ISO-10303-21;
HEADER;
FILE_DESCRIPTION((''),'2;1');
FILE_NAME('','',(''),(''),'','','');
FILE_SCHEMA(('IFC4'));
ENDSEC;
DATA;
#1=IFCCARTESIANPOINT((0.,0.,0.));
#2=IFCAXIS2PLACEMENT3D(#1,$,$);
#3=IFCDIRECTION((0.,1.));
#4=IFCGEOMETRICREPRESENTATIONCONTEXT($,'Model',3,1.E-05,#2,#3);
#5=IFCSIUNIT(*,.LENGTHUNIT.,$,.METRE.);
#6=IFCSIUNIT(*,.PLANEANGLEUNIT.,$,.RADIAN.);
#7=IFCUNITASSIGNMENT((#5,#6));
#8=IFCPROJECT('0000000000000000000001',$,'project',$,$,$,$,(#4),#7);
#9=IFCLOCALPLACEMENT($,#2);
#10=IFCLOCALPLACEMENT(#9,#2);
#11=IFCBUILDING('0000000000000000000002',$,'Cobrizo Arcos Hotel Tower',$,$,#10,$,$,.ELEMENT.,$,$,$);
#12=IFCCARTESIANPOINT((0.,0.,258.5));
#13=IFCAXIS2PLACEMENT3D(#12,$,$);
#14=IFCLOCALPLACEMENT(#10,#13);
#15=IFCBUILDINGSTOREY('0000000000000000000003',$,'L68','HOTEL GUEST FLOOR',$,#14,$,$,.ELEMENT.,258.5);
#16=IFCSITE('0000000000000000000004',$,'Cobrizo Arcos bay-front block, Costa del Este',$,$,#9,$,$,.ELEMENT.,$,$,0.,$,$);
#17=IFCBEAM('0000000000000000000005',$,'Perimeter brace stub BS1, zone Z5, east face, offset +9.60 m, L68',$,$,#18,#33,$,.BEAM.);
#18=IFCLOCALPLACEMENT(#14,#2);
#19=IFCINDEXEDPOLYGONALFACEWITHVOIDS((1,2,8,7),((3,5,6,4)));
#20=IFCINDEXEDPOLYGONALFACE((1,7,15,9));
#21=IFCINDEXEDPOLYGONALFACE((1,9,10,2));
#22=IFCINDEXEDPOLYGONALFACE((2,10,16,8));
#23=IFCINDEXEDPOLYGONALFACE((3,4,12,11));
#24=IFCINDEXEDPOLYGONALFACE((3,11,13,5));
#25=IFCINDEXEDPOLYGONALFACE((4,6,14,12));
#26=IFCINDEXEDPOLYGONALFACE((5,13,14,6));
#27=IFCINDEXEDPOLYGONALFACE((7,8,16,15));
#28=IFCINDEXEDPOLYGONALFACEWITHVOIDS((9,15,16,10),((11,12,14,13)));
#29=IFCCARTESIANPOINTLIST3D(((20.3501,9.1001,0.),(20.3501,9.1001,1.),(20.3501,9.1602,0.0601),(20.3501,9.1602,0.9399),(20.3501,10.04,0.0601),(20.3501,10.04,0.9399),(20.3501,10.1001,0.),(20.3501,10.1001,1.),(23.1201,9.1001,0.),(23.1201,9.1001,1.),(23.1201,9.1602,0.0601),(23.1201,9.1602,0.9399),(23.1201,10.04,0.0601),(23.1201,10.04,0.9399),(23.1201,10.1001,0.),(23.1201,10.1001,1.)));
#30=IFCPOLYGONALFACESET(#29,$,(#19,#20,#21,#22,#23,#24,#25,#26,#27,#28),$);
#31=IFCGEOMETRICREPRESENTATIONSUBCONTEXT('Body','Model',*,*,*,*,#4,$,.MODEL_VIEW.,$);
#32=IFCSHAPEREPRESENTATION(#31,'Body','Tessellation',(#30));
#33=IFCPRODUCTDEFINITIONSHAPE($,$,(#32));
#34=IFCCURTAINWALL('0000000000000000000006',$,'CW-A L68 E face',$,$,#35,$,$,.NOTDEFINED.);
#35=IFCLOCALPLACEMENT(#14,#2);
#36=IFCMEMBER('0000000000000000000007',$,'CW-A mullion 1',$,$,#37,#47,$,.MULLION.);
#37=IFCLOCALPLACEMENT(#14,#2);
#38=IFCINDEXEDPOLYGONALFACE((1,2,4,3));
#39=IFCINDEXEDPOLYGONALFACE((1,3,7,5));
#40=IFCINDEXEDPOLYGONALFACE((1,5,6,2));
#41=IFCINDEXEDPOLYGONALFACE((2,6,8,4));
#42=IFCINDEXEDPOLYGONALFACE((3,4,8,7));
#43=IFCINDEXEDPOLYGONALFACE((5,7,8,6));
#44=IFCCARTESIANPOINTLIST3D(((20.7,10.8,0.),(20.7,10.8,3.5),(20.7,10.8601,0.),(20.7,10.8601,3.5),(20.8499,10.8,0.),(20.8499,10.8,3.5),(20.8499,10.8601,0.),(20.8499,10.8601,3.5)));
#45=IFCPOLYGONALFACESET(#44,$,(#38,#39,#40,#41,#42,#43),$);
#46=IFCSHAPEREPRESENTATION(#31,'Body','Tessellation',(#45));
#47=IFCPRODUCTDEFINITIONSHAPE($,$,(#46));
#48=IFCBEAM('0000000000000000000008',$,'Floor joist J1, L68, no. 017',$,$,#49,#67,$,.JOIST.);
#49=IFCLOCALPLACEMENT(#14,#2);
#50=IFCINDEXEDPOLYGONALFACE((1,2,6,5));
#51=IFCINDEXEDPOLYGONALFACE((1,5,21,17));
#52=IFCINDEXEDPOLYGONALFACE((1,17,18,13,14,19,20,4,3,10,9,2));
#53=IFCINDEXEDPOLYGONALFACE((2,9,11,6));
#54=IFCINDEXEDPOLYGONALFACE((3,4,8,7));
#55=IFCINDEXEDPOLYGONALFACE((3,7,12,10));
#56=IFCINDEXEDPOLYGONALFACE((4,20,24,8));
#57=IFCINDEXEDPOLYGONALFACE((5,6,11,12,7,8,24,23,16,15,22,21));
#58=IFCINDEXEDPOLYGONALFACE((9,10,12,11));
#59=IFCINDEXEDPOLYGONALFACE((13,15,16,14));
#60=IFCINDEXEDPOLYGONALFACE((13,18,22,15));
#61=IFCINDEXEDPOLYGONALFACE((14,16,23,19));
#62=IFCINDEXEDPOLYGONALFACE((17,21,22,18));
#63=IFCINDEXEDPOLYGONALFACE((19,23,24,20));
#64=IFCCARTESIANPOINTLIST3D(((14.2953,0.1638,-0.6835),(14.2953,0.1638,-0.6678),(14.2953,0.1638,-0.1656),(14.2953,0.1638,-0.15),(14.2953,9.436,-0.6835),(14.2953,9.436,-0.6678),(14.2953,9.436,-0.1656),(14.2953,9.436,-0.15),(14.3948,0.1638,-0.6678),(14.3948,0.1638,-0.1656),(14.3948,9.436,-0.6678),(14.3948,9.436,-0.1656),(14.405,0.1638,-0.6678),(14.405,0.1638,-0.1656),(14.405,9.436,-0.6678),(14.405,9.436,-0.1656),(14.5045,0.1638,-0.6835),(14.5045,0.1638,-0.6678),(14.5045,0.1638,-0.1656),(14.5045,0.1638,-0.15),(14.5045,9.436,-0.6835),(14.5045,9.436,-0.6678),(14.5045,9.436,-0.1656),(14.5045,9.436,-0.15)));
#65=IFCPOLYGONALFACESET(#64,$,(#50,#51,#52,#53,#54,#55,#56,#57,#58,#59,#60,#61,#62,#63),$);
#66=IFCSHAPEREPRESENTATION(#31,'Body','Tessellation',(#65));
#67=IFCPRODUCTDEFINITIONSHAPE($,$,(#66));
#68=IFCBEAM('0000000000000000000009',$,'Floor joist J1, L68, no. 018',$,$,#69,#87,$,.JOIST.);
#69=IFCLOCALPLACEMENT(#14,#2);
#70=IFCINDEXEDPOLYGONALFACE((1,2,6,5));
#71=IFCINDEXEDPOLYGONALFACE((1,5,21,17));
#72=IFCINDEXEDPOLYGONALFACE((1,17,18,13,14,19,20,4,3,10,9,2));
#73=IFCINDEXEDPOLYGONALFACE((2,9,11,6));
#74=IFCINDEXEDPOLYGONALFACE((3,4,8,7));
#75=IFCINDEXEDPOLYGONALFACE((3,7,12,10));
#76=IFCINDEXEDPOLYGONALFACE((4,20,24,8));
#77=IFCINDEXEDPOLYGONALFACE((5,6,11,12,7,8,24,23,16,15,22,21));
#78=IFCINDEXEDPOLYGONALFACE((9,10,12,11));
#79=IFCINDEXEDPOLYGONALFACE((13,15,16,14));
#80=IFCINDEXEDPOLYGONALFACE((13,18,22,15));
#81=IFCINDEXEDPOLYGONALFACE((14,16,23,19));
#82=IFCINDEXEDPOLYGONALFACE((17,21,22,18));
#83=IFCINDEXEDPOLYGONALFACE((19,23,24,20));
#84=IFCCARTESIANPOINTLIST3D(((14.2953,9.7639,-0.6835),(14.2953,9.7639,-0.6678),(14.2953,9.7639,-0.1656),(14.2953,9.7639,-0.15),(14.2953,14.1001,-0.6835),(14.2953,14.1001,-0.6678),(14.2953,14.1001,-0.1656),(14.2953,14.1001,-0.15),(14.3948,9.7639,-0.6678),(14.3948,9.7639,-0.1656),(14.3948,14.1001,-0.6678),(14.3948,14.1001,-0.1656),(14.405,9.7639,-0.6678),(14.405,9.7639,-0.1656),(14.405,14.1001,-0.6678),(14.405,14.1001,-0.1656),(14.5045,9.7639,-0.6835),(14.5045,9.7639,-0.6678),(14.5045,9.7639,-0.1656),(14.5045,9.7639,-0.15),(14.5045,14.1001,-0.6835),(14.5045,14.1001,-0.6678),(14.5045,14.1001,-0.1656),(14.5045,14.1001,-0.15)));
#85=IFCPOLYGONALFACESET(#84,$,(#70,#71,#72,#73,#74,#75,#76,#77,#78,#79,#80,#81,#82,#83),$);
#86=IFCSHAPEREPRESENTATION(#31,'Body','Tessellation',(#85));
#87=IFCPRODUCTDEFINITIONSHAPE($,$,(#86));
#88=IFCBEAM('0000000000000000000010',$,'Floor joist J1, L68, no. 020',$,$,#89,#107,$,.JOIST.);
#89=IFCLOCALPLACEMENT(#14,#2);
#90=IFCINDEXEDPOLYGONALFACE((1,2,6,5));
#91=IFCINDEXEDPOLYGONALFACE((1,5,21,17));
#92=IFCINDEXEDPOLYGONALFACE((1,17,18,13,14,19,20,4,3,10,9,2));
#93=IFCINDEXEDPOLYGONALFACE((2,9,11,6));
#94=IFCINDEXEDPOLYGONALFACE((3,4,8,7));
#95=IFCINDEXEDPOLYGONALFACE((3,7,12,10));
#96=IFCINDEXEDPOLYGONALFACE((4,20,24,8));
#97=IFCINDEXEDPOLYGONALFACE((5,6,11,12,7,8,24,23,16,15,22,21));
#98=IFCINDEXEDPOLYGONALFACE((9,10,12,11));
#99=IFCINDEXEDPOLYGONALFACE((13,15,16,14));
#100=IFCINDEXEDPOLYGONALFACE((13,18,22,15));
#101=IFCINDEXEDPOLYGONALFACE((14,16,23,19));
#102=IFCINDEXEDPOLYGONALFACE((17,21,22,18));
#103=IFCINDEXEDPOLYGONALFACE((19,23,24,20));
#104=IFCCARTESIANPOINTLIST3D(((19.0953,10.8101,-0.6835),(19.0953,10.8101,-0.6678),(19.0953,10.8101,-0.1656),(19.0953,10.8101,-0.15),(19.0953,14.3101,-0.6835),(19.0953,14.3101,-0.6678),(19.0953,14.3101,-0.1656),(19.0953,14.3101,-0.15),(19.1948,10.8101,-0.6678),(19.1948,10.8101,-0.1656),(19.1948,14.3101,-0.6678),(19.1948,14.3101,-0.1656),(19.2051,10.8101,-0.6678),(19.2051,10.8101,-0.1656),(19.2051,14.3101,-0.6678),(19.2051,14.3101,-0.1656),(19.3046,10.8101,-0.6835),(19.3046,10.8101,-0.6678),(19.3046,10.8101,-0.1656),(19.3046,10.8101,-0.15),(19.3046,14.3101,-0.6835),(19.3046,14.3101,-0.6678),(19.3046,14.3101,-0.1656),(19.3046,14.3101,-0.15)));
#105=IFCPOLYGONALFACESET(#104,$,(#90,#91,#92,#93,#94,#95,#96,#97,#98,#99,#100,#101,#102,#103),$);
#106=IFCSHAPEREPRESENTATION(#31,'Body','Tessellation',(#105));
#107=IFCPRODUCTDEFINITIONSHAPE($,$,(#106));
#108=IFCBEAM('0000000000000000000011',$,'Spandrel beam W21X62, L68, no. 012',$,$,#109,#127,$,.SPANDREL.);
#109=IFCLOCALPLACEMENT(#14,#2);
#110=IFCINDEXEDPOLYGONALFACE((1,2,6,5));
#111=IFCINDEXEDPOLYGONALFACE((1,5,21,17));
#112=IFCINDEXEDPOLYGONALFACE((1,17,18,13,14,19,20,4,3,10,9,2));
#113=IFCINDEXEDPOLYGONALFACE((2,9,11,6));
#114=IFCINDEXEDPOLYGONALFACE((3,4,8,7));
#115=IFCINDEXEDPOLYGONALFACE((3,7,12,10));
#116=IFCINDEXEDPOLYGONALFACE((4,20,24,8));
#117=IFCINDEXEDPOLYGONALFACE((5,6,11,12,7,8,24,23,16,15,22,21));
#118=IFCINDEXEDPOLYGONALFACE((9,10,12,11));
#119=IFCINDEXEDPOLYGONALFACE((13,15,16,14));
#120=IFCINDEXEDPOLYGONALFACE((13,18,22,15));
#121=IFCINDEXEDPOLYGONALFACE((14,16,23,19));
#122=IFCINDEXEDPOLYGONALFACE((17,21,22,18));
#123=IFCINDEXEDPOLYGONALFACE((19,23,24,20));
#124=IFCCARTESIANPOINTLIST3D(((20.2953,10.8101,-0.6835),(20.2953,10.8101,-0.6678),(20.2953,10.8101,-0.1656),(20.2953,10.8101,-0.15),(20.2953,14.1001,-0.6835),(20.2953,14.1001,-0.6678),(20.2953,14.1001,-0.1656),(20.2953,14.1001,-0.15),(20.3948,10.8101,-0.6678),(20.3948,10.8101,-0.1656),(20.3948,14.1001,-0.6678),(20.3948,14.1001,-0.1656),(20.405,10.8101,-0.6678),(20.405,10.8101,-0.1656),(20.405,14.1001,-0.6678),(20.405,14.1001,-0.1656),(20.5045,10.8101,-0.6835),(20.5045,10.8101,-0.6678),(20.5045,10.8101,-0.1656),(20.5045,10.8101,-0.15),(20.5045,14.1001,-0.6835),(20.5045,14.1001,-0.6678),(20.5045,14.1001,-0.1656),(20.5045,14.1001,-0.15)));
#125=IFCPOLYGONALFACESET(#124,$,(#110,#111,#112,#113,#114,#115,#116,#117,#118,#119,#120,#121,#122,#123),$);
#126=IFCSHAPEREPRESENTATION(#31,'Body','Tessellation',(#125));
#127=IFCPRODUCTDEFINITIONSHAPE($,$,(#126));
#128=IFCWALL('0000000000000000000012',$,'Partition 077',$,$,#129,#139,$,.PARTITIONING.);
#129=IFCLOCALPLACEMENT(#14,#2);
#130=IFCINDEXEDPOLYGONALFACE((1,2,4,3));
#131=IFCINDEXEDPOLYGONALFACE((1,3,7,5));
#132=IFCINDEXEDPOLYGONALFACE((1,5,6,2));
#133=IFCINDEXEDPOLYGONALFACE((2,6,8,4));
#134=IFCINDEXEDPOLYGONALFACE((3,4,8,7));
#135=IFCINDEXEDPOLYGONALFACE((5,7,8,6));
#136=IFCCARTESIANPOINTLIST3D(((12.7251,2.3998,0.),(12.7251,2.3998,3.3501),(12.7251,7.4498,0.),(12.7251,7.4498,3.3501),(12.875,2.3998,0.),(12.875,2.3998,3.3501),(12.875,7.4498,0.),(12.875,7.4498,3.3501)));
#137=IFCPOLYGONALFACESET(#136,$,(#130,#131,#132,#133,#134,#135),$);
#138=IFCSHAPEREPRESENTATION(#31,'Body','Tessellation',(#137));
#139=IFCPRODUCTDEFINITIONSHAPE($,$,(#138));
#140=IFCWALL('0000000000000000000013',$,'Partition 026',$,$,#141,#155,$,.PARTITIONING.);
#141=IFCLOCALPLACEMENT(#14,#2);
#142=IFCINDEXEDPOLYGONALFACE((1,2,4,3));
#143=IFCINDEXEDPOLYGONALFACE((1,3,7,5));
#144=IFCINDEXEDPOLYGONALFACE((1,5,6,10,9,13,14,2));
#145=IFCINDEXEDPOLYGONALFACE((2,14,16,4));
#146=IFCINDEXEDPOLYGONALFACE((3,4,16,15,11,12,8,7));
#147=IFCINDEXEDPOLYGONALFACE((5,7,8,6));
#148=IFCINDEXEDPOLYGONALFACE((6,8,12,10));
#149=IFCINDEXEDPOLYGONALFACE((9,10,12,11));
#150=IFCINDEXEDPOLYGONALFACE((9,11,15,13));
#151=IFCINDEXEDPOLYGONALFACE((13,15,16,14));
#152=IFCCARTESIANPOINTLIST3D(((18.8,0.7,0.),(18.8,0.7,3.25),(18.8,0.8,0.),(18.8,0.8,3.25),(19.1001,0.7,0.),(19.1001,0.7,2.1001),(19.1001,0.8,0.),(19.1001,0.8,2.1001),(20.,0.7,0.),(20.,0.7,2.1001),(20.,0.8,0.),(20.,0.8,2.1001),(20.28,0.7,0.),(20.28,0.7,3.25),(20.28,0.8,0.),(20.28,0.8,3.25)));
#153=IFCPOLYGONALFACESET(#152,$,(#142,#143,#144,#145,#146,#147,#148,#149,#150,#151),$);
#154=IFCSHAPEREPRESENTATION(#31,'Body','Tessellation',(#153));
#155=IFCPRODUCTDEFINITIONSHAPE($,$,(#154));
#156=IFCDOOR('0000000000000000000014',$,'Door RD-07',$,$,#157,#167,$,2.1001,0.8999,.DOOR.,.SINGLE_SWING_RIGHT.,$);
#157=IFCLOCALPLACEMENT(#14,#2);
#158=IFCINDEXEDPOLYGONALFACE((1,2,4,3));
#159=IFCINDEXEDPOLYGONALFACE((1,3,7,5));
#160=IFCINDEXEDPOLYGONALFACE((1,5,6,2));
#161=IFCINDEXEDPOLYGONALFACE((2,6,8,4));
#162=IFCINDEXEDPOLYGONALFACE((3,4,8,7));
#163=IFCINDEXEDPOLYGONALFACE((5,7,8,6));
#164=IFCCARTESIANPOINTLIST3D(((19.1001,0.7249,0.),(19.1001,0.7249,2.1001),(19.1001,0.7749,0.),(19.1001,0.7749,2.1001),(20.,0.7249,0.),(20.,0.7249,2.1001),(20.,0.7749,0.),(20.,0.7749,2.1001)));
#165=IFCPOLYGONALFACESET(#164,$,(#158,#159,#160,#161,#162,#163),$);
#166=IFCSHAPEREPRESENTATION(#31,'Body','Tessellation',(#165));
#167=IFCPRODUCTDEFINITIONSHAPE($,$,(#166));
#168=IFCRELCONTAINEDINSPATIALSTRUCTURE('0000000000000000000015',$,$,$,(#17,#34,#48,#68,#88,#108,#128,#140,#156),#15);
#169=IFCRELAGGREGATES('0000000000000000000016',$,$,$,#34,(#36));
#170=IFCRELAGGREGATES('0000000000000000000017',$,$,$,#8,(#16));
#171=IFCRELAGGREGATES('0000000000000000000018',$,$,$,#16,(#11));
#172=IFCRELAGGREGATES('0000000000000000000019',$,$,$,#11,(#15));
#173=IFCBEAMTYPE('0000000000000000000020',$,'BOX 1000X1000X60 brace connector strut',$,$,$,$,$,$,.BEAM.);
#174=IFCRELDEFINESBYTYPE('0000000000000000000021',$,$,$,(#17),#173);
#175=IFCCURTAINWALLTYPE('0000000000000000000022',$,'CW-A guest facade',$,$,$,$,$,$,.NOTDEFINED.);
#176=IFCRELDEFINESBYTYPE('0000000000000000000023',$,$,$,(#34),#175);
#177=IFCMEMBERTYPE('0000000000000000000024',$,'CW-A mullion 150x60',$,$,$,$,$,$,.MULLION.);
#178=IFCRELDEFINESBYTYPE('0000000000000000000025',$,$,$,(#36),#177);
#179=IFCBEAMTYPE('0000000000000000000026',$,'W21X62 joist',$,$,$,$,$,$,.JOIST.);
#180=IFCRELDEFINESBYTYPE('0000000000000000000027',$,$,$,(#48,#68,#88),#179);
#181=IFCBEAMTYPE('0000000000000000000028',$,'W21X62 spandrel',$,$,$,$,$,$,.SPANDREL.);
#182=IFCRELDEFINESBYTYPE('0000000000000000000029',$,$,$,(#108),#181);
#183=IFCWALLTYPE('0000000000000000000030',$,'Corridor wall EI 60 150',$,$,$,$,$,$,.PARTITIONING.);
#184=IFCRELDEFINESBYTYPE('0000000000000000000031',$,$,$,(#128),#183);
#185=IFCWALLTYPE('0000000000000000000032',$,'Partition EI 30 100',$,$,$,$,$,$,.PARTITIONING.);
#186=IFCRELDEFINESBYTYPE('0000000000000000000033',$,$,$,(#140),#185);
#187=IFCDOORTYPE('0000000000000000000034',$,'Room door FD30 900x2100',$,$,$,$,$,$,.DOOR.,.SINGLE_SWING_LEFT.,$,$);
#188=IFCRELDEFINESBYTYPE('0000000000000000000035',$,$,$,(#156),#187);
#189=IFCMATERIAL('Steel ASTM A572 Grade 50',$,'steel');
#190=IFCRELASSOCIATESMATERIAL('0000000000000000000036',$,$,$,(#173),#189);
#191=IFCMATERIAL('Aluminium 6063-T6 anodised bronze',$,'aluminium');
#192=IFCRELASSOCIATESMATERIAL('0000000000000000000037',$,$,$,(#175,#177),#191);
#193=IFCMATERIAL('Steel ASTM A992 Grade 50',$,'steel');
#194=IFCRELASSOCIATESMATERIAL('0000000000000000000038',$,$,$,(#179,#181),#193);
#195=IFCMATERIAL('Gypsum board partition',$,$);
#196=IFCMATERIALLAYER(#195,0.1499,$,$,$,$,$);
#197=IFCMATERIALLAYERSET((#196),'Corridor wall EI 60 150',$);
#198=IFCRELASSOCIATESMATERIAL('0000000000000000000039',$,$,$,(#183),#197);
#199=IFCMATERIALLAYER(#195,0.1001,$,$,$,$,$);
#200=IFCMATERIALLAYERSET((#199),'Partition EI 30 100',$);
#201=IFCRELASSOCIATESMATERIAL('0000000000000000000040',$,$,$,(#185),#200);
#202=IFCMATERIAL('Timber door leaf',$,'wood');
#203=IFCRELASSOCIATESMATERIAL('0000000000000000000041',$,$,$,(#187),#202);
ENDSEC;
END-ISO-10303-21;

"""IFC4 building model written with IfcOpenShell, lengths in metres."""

from ifc_helpers import new_model, si_unit, direction, frame, frame_2d, origin, origin_2d, place, context, subcontext, project, spatial, rectangle, hollow_rectangle, i_section, extrude, material, layer, layer_set, material_profile, profile_set, type_object, element, fill, aggregate, save


model = new_model("IFC4")

# Units and contexts
model_context = context("Model", 3, precision=1e-05, world=origin(), true_north=direction((0.0, 1.0)))
body_context = subcontext(model_context, "Body", "Model", "MODEL_VIEW")
ifc_project = project(units=[si_unit("LENGTHUNIT", "METRE"), si_unit("PLANEANGLEUNIT", "RADIAN")], contexts=[model_context])

# Site, building, storey
site_placement = place(None, origin())
site = spatial("IfcSite", under=ifc_project, at=site_placement, Name="Cobrizo Arcos bay-front block, Costa del Este", CompositionType="ELEMENT", RefElevation=0.0)
building_placement = place(site_placement, origin())
building = spatial("IfcBuilding", under=site, at=building_placement, Name="Cobrizo Arcos Hotel Tower", CompositionType="ELEMENT")
storey_placement = place(building_placement, frame((0.0, 0.0, 258.5)))
storey = spatial("IfcBuildingStorey", under=building, at=storey_placement, Name="L68", Description="HOTEL GUEST FLOOR", CompositionType="ELEMENT", Elevation=258.5)

# Beam
ifc_material_1 = material(Name="Steel ASTM A572 Grade 50", Category="steel")
ifc_material_profile_1 = material_profile(ifc_material_1, hollow_rectangle(XDim=1.0, YDim=1.0, WallThickness=0.0601, at=origin_2d()), Name="BOX 1000X1000X60")
ifc_profile_set_1 = profile_set([ifc_material_profile_1], Name="Steel ASTM A572 Grade 50")
beam_type_1 = type_object("IfcBeamType", Name="BOX 1000X1000X60 brace connector strut", PredefinedType="BEAM", material=ifc_profile_set_1)
beam_1_placement = place(storey_placement, frame((20.3501, 9.6001, 0.5), z_axis=(1.0, 0.0, 0.0), x_axis=(0.0, 1.0, 0.0)))
element("IfcBeam", 1, at=beam_1_placement, inside=storey, type_object=beam_type_1, Name="Perimeter brace stub BS1, zone Z5, east face, offset +9.60 m, L68", PredefinedType="BEAM", context=body_context, shape_type="SweptSolid", body=[
    extrude(hollow_rectangle(XDim=1.0, YDim=1.0, WallThickness=0.0601, at=origin_2d()), origin(), (0.0, 0.0, 1.0), 2.77),
])

# Curtain wall, member
ifc_material_2 = material(Name="Aluminium 6063-T6 anodised bronze", Category="aluminium")
curtain_wall_type = type_object("IfcCurtainWallType", Name="CW-A guest facade", PredefinedType="NOTDEFINED", material=ifc_material_2)
curtain_wall_placement = place(storey_placement, origin())
curtain_wall = element("IfcCurtainWall", 2, at=curtain_wall_placement, inside=storey, type_object=curtain_wall_type, Name="CW-A L68 E face", PredefinedType="NOTDEFINED")
ifc_material_profile_2 = material_profile(ifc_material_2, rectangle(XDim=0.1499, YDim=0.0601, at=origin_2d()), Name="CW-A mullion 150x60")
ifc_profile_set_2 = profile_set([ifc_material_profile_2], Name="Aluminium 6063-T6 anodised bronze")
member_type = type_object("IfcMemberType", Name="CW-A mullion 150x60", PredefinedType="MULLION", material=ifc_profile_set_2)
member_placement = place(storey_placement, frame((20.7749, 10.8301, 0.0), z_axis=(0.0, 0.0, 1.0), x_axis=(1.0, 0.0, 0.0)))
member = element("IfcMember", 3, at=member_placement, type_object=member_type, Name="CW-A mullion 1", PredefinedType="MULLION", context=body_context, shape_type="SweptSolid", body=[
    extrude(rectangle(XDim=0.1499, YDim=0.0601, at=origin_2d()), origin(), (0.0, 0.0, 1.0), 3.5),
])
aggregate(curtain_wall, [member])

# Beams
ifc_material_3 = material(Name="Steel ASTM A992 Grade 50", Category="steel")
ifc_material_profile_3 = material_profile(ifc_material_3, i_section(OverallWidth=0.2092, OverallDepth=0.5334, WebThickness=0.0103, FlangeThickness=0.0156, at=origin_2d()), Name="W21X62")
ifc_profile_set_3 = profile_set([ifc_material_profile_3], Name="Steel ASTM A992 Grade 50")
beam_type_2 = type_object("IfcBeamType", Name="W21X62 joist", PredefinedType="JOIST", material=ifc_profile_set_3)
beam_2_placement = place(storey_placement, frame((14.3999, 0.1638, -0.4167), z_axis=(0.0, 1.0, 0.0), x_axis=(-1.0, 0.0, 0.0)))
element("IfcBeam", 4, at=beam_2_placement, inside=storey, type_object=beam_type_2, Name="Floor joist J1, L68, no. 017", PredefinedType="JOIST", context=body_context, shape_type="SweptSolid", body=[
    extrude(i_section(OverallWidth=0.2092, OverallDepth=0.5334, WebThickness=0.0103, FlangeThickness=0.0156, at=origin_2d()), origin(), (0.0, 0.0, 1.0), 9.2722),
])
beam_3_placement = place(storey_placement, frame((14.3999, 9.7639, -0.4167), z_axis=(0.0, 1.0, 0.0), x_axis=(-1.0, 0.0, 0.0)))
element("IfcBeam", 5, at=beam_3_placement, inside=storey, type_object=beam_type_2, Name="Floor joist J1, L68, no. 018", PredefinedType="JOIST", context=body_context, shape_type="SweptSolid", body=[
    extrude(i_section(OverallWidth=0.2092, OverallDepth=0.5334, WebThickness=0.0103, FlangeThickness=0.0156, at=origin_2d()), origin(), (0.0, 0.0, 1.0), 4.3362),
])
beam_4_placement = place(storey_placement, frame((19.2, 10.8101, -0.4167), z_axis=(0.0, 1.0, 0.0), x_axis=(-1.0, 0.0, 0.0)))
element("IfcBeam", 6, at=beam_4_placement, inside=storey, type_object=beam_type_2, Name="Floor joist J1, L68, no. 020", PredefinedType="JOIST", context=body_context, shape_type="SweptSolid", body=[
    extrude(i_section(OverallWidth=0.2092, OverallDepth=0.5334, WebThickness=0.0103, FlangeThickness=0.0156, at=origin_2d()), origin(), (0.0, 0.0, 1.0), 3.5),
])
ifc_material_profile_4 = material_profile(ifc_material_3, i_section(OverallWidth=0.2092, OverallDepth=0.5334, WebThickness=0.0103, FlangeThickness=0.0156, at=origin_2d()), Name="W21X62")
ifc_profile_set_4 = profile_set([ifc_material_profile_4], Name="Steel ASTM A992 Grade 50")
beam_type_3 = type_object("IfcBeamType", Name="W21X62 spandrel", PredefinedType="SPANDREL", material=ifc_profile_set_4)
beam_5_placement = place(storey_placement, frame((20.3999, 10.8101, -0.4167), z_axis=(0.0, 1.0, 0.0), x_axis=(-1.0, 0.0, 0.0)))
element("IfcBeam", 7, at=beam_5_placement, inside=storey, type_object=beam_type_3, Name="Spandrel beam W21X62, L68, no. 012", PredefinedType="SPANDREL", context=body_context, shape_type="SweptSolid", body=[
    extrude(i_section(OverallWidth=0.2092, OverallDepth=0.5334, WebThickness=0.0103, FlangeThickness=0.0156, at=origin_2d()), origin(), (0.0, 0.0, 1.0), 3.29),
])

# Wall
ifc_material_4 = material(Name="Gypsum board partition")
ifc_layer_1 = layer(ifc_material_4, 0.1499)
ifc_layer_set_1 = layer_set([ifc_layer_1], Name="Corridor wall EI 60 150")
wall_type_1 = type_object("IfcWallType", Name="Corridor wall EI 60 150", PredefinedType="PARTITIONING", material=ifc_layer_set_1)
wall_1_placement = place(storey_placement, frame((12.8, 2.3999, 0.0), z_axis=(0.0, 0.0, 1.0), x_axis=(0.0, 1.0, 0.0)))
element("IfcWall", 8, at=wall_1_placement, inside=storey, type_object=wall_type_1, Name="Partition 077", PredefinedType="PARTITIONING", context=body_context, shape_type="SweptSolid", body=[
    extrude(rectangle(XDim=5.05, YDim=0.1499, at=frame_2d((2.5249, 0.0))), origin(), (0.0, 0.0, 1.0), 3.3501),
])

# Wall, opening, door
ifc_layer_2 = layer(ifc_material_4, 0.1001)
ifc_layer_set_2 = layer_set([ifc_layer_2], Name="Partition EI 30 100")
wall_type_2 = type_object("IfcWallType", Name="Partition EI 30 100", PredefinedType="PARTITIONING", material=ifc_layer_set_2)
wall_2_placement = place(storey_placement, frame((18.8, 0.75, 0.0), z_axis=(0.0, 0.0, 1.0), x_axis=(1.0, 0.0, 0.0)))
wall_2 = element("IfcWall", 9, at=wall_2_placement, inside=storey, type_object=wall_type_2, Name="Partition 026", PredefinedType="PARTITIONING", context=body_context, shape_type="SweptSolid", body=[
    extrude(rectangle(XDim=1.48, YDim=0.1001, at=frame_2d((0.74, 0.0))), origin(), (0.0, 0.0, 1.0), 3.25),
])
opening_1_placement = place(wall_2_placement, frame((0.3, 0.0, 0.0)))
opening_1 = element("IfcOpeningElement", 10, at=opening_1_placement, cuts=wall_2, PredefinedType="OPENING", context=body_context, shape_type="SweptSolid", body=[
    extrude(rectangle(XDim=0.8999, YDim=2.1001, at=frame_2d((0.45, 1.05))), frame((0.0, 0.062, 0.0), z_axis=(0.0, -1.0, 0.0), x_axis=(1.0, 0.0, 0.0)), (0.0, 0.0, 1.0), 0.124),
])
ifc_material_5 = material(Name="Timber door leaf", Category="wood")
door_type_1 = type_object("IfcDoorType", Name="Room door FD30 900x2100", OperationType="SINGLE_SWING_LEFT", PredefinedType="DOOR", material=ifc_material_5)
door_1_placement = place(opening_1_placement, origin())
door_1 = element("IfcDoor", 11, at=door_1_placement, inside=storey, type_object=door_type_1, Name="Door RD-07", OperationType="SINGLE_SWING_RIGHT", OverallHeight=2.1001, OverallWidth=0.8999, PredefinedType="DOOR", context=body_context, shape_type="SweptSolid", body=[
    extrude(rectangle(XDim=0.8999, YDim=2.1001, at=frame_2d((0.45, 1.05))), frame((0.0, 0.0249, 0.0), z_axis=(0.0, -1.0, 0.0), x_axis=(1.0, 0.0, 0.0)), (0.0, 0.0, 1.0), 0.05),
])
fill(opening_1, door_1)

save(model, "model.ifc")
